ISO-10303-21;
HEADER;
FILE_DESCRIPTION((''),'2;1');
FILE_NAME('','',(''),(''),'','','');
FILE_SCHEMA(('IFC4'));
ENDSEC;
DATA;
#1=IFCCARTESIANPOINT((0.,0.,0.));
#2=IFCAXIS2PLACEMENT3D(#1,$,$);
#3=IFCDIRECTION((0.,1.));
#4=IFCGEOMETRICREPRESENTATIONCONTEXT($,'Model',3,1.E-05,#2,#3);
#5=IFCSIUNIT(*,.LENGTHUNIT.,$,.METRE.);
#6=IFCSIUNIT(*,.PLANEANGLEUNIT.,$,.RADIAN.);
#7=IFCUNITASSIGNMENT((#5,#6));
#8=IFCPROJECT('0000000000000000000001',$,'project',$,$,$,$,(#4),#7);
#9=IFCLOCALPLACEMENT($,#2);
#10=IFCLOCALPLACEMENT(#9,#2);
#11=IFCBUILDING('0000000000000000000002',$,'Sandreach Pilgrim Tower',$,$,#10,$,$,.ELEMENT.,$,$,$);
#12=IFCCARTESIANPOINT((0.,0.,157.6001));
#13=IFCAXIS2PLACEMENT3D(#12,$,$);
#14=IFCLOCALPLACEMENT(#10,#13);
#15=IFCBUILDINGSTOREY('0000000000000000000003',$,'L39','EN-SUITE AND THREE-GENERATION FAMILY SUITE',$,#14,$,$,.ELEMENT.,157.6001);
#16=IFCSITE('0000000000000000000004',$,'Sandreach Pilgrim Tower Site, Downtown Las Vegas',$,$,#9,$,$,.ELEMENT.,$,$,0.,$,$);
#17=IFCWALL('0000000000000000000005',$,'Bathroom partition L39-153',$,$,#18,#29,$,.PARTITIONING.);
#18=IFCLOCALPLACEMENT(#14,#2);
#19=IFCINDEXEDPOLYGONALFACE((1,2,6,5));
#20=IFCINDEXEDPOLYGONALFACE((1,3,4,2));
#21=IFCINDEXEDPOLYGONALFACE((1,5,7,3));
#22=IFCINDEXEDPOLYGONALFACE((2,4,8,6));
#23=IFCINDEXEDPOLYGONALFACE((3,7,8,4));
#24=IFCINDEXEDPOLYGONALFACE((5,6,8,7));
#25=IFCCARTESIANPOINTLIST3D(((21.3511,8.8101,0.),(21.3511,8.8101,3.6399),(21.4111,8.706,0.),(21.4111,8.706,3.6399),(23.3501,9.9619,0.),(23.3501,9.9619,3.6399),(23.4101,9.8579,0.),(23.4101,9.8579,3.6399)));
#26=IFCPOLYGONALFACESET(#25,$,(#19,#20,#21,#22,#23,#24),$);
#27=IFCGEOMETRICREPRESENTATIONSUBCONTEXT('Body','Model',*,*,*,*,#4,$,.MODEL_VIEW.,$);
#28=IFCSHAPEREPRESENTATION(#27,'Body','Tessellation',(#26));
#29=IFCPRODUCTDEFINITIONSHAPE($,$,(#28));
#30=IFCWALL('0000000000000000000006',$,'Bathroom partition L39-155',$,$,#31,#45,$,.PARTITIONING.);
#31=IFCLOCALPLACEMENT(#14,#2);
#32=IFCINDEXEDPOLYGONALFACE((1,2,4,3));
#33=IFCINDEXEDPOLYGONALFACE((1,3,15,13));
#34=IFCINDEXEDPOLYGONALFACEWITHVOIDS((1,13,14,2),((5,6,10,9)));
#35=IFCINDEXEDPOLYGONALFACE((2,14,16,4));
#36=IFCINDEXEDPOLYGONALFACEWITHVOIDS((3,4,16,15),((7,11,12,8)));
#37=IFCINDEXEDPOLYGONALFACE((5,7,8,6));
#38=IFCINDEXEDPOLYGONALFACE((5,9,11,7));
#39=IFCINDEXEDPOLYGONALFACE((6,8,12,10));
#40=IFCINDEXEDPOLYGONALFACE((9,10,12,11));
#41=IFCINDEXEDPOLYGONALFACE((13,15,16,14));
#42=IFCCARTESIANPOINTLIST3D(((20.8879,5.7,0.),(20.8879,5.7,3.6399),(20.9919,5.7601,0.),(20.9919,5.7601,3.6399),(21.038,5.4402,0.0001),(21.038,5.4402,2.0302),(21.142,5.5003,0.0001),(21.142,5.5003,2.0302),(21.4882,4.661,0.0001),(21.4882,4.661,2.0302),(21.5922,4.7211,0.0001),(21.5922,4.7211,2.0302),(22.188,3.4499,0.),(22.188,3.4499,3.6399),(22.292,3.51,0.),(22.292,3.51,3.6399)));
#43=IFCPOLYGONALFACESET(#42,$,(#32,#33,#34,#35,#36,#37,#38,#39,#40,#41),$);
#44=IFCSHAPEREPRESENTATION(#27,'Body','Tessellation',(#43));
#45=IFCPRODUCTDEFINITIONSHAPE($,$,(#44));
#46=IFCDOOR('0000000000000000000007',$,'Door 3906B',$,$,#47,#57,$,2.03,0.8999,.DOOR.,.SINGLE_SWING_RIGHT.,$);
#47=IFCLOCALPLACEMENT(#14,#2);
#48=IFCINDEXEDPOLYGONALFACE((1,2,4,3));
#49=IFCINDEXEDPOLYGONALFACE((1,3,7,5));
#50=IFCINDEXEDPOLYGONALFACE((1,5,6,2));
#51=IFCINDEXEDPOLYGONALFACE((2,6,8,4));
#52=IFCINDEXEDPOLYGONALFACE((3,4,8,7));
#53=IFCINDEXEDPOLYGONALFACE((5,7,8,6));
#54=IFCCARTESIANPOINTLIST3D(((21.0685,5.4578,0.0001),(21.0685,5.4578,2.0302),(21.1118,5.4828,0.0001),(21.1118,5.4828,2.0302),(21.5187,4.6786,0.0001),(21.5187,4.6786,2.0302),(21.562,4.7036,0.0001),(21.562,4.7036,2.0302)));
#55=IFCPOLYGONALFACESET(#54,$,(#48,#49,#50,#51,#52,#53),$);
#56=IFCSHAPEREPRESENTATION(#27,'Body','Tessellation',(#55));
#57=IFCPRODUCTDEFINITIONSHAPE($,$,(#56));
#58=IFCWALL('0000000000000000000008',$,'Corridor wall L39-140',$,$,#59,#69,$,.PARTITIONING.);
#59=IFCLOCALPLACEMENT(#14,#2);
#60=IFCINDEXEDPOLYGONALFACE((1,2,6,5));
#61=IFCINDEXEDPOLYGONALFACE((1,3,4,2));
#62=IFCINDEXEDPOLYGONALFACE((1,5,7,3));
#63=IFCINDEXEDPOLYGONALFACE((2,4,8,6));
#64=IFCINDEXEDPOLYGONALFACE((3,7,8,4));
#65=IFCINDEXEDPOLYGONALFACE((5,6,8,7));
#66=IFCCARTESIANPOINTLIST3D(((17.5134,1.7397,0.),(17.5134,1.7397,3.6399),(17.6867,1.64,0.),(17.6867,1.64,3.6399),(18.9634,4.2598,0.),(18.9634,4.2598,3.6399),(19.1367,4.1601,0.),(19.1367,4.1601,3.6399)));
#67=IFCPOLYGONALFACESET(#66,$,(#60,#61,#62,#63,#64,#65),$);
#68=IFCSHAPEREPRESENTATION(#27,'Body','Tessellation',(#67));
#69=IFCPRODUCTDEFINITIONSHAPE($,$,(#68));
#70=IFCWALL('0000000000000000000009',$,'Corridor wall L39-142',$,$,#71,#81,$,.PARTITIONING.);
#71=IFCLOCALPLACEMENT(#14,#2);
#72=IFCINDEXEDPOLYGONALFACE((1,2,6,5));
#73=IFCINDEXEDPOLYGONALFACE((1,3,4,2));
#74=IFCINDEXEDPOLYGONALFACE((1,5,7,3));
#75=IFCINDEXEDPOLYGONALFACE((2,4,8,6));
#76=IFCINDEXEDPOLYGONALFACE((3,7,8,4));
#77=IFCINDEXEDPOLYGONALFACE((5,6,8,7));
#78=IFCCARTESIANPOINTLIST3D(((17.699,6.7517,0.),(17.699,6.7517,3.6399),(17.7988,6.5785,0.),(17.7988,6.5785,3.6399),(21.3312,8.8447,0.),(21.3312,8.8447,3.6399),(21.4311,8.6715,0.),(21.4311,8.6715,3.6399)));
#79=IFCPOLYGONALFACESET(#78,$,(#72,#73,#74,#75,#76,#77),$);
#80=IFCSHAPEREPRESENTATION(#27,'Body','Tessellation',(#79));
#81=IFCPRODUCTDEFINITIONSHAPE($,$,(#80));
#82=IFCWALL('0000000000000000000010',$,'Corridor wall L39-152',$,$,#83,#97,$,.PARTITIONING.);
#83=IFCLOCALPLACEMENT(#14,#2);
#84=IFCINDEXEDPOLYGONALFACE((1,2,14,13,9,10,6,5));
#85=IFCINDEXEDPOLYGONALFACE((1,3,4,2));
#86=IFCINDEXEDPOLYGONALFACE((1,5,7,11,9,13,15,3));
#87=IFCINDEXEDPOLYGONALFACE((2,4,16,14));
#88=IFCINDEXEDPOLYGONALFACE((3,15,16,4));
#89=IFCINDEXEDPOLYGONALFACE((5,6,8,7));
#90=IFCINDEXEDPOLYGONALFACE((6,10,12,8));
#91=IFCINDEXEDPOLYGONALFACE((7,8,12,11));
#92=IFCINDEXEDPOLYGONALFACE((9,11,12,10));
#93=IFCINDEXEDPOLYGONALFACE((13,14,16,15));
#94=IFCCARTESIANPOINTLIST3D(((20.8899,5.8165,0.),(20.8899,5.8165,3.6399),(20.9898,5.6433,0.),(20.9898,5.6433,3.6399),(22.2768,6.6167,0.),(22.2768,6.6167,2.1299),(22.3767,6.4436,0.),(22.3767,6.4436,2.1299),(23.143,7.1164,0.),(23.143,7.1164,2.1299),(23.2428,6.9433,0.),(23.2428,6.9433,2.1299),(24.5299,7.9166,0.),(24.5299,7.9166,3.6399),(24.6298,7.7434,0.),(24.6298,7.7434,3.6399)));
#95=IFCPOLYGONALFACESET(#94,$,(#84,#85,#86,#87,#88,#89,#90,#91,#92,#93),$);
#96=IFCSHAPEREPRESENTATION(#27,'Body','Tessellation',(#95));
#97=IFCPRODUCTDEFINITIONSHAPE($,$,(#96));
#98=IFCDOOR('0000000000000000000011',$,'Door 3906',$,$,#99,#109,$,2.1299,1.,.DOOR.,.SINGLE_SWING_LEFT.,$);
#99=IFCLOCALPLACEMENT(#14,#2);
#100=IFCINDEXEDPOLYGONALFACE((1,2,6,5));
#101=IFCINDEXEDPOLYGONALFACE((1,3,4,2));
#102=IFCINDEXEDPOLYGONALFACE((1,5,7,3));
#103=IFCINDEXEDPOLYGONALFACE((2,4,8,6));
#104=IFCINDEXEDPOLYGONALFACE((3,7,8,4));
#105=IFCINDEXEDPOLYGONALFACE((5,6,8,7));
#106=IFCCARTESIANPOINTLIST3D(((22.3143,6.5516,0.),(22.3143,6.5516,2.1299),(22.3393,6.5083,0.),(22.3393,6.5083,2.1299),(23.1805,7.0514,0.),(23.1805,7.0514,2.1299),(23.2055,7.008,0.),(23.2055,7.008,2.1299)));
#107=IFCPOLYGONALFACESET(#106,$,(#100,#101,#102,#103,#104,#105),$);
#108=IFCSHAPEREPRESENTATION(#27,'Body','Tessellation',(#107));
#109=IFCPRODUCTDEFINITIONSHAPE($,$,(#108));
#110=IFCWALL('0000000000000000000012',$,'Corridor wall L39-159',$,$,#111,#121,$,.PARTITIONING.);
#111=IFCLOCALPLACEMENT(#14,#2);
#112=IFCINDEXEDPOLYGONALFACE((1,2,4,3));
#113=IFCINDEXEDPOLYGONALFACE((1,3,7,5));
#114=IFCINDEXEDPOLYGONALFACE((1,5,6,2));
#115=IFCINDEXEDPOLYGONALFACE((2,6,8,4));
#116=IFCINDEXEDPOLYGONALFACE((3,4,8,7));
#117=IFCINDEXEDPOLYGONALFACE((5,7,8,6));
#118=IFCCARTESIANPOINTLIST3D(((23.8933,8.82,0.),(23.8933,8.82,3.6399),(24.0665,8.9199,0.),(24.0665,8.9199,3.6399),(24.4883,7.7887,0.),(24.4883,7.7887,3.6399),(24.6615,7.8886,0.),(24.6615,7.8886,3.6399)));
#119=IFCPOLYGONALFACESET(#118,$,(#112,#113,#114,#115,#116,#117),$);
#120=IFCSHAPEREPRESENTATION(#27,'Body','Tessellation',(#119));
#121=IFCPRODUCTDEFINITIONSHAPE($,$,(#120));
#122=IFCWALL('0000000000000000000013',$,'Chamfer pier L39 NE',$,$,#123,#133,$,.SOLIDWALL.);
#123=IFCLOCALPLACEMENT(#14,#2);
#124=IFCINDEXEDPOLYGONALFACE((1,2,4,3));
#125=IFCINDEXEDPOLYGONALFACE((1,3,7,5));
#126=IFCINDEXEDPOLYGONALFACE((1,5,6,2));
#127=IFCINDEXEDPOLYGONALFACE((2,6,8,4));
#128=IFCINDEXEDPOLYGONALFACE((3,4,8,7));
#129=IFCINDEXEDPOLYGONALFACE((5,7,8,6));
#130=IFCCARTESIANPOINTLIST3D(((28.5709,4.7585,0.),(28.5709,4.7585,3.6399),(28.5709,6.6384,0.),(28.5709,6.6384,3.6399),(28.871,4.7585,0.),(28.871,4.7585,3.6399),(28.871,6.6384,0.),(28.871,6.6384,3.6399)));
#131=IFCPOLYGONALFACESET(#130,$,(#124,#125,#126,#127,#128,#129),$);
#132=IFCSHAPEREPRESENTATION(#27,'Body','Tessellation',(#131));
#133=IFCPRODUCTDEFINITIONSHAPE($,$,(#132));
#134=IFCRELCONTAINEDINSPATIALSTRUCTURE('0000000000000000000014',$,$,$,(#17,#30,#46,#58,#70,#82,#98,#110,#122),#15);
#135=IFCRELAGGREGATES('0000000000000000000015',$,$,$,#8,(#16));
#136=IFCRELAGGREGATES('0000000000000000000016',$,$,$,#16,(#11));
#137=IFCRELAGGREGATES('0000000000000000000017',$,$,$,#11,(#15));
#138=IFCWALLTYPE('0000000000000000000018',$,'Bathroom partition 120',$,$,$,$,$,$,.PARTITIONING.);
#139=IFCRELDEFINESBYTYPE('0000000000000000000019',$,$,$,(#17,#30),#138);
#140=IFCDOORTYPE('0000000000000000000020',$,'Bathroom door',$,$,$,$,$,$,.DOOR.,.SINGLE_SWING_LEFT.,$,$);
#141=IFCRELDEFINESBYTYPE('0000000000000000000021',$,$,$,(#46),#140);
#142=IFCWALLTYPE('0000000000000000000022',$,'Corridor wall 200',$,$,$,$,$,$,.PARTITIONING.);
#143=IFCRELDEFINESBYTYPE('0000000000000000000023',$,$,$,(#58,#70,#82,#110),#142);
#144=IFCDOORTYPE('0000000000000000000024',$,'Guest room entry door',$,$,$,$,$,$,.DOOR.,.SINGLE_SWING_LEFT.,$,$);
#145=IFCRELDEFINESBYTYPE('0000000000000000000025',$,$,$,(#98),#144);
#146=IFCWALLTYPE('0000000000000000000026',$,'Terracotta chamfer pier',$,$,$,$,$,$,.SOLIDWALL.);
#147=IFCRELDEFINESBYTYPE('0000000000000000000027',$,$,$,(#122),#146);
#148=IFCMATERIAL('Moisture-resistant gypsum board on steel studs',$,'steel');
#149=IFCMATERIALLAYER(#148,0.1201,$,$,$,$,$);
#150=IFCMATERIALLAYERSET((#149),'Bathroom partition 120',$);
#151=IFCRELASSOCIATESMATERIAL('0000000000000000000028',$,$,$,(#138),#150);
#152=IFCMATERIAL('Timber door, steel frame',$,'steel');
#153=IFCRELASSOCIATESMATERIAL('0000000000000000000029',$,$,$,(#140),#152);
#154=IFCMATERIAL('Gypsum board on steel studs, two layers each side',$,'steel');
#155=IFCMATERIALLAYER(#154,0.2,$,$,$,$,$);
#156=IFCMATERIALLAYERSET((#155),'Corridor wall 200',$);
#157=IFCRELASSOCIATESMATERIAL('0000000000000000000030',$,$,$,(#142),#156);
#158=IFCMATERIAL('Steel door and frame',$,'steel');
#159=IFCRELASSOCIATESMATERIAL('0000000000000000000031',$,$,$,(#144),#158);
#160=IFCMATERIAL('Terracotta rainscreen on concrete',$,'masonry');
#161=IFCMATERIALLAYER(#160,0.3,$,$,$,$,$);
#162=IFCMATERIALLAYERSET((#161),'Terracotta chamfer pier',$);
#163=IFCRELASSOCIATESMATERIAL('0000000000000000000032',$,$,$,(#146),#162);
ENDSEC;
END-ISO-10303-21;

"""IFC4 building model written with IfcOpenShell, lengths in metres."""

from ifc_helpers import new_model, si_unit, direction, frame, frame_2d, origin, place, context, subcontext, project, spatial, rectangle, extrude, material, layer, layer_set, type_object, element, fill, save


model = new_model("IFC4")

# Units and contexts
model_context = context("Model", 3, precision=1e-05, world=origin(), true_north=direction((0.0, 1.0)))
body_context = subcontext(model_context, "Body", "Model", "MODEL_VIEW")
ifc_project = project(units=[si_unit("LENGTHUNIT", "METRE"), si_unit("PLANEANGLEUNIT", "RADIAN")], contexts=[model_context])

# Site, building, storey
site_placement = place(None, origin())
site = spatial("IfcSite", under=ifc_project, at=site_placement, Name="Sandreach Pilgrim Tower Site, Downtown Las Vegas", CompositionType="ELEMENT", RefElevation=0.0)
building_placement = place(site_placement, origin())
building = spatial("IfcBuilding", under=site, at=building_placement, Name="Sandreach Pilgrim Tower", CompositionType="ELEMENT")
storey_placement = place(building_placement, frame((0.0, 0.0, 157.6001)))
storey = spatial("IfcBuildingStorey", under=building, at=storey_placement, Name="L39", Description="EN-SUITE AND THREE-GENERATION FAMILY SUITE", CompositionType="ELEMENT", Elevation=157.6001)

# Wall
ifc_material_1 = material(Name="Moisture-resistant gypsum board on steel studs", Category="steel")
ifc_layer_1 = layer(ifc_material_1, 0.1201)
ifc_layer_set_1 = layer_set([ifc_layer_1], Name="Bathroom partition 120")
wall_type_1 = type_object("IfcWallType", Name="Bathroom partition 120", PredefinedType="PARTITIONING", material=ifc_layer_set_1)
wall_1_placement = place(storey_placement, frame((21.3811, 8.7581, 0.0), z_axis=(0.0, 0.0, 1.0), x_axis=(0.866453, 0.499258, 0.0)))
element("IfcWall", 1, at=wall_1_placement, inside=storey, type_object=wall_type_1, Name="Bathroom partition L39-153", PredefinedType="PARTITIONING", context=body_context, shape_type="SweptSolid", body=[
    extrude(rectangle(XDim=2.3071, YDim=0.1201, at=frame_2d((1.1536, 0.0))), origin(), (0.0, 0.0, 1.0), 3.6399),
])

# Wall, opening, door
wall_2_placement = place(storey_placement, frame((22.24, 3.48, 0.0), z_axis=(0.0, 0.0, 1.0), x_axis=(-0.500292, 0.865857, 0.0)))
wall_2 = element("IfcWall", 2, at=wall_2_placement, inside=storey, type_object=wall_type_1, Name="Bathroom partition L39-155", PredefinedType="PARTITIONING", context=body_context, shape_type="SweptSolid", body=[
    extrude(rectangle(XDim=2.5986, YDim=0.1201, at=frame_2d((1.2993, 0.0))), origin(), (0.0, 0.0, 1.0), 3.6399),
])
opening_1_placement = place(wall_2_placement, frame((1.3987, 0.0, 0.0)))
opening_1 = element("IfcOpeningElement", 3, at=opening_1_placement, cuts=wall_2, PredefinedType="OPENING", context=body_context, shape_type="SweptSolid", body=[
    extrude(rectangle(XDim=0.8999, YDim=2.03, at=frame_2d((0.45, 1.0151))), frame((0.0, 0.0601, 0.0), z_axis=(0.0, -1.0, 0.0), x_axis=(1.0, 0.0, 0.0)), (0.0, 0.0, 1.0), 0.1201),
])
ifc_material_2 = material(Name="Timber door, steel frame", Category="steel")
door_type_1 = type_object("IfcDoorType", Name="Bathroom door", OperationType="SINGLE_SWING_LEFT", PredefinedType="DOOR", material=ifc_material_2)
door_1_placement = place(opening_1_placement, origin())
door_1 = element("IfcDoor", 4, at=door_1_placement, inside=storey, type_object=door_type_1, Name="Door 3906B", OperationType="SINGLE_SWING_RIGHT", OverallHeight=2.03, OverallWidth=0.8999, PredefinedType="DOOR", context=body_context, shape_type="SweptSolid", body=[
    extrude(rectangle(XDim=0.8999, YDim=2.03, at=frame_2d((0.45, 1.0151))), frame((0.0, 0.0249, 0.0), z_axis=(0.0, -1.0, 0.0), x_axis=(1.0, 0.0, 0.0)), (0.0, 0.0, 1.0), 0.05),
])
fill(opening_1, door_1)
ifc_material_3 = material(Name="Gypsum board on steel studs, two layers each side", Category="steel")
ifc_layer_2 = layer(ifc_material_3, 0.2)
ifc_layer_set_2 = layer_set([ifc_layer_2], Name="Corridor wall 200")
wall_type_2 = type_object("IfcWallType", Name="Corridor wall 200", PredefinedType="PARTITIONING", material=ifc_layer_set_2)

# Wall
wall_3_placement = place(storey_placement, frame((17.6001, 1.6899, 0.0), z_axis=(0.0, 0.0, 1.0), x_axis=(0.498714, 0.866767, 0.0)))
element("IfcWall", 5, at=wall_3_placement, inside=storey, type_object=wall_type_2, Name="Corridor wall L39-140", PredefinedType="PARTITIONING", context=body_context, shape_type="SweptSolid", body=[
    extrude(rectangle(XDim=2.9075, YDim=0.2, at=frame_2d((1.4536, 0.0))), origin(), (0.0, 0.0, 1.0), 3.6399),
])

# Shared definitions
ifc_material_4 = material(Name="Steel door and frame", Category="steel")
door_type_2 = type_object("IfcDoorType", Name="Guest room entry door", OperationType="SINGLE_SWING_LEFT", PredefinedType="DOOR", material=ifc_material_4)

# Wall
wall_4_placement = place(storey_placement, frame((17.7488, 6.665, 0.0), z_axis=(0.0, 0.0, 1.0), x_axis=(0.866449, 0.499265, 0.0)))
element("IfcWall", 6, at=wall_4_placement, inside=storey, type_object=wall_type_2, Name="Corridor wall L39-142", PredefinedType="PARTITIONING", context=body_context, shape_type="SweptSolid", body=[
    extrude(rectangle(XDim=4.1921, YDim=0.2, at=frame_2d((2.0962, 0.0))), origin(), (0.0, 0.0, 1.0), 3.6399),
])

# Wall, opening, door
wall_5_placement = place(storey_placement, frame((20.9399, 5.73, 0.0), z_axis=(0.0, 0.0, 1.0), x_axis=(0.866184, 0.499726, 0.0)))
wall_5 = element("IfcWall", 7, at=wall_5_placement, inside=storey, type_object=wall_type_2, Name="Corridor wall L39-152", PredefinedType="PARTITIONING", context=body_context, shape_type="SweptSolid", body=[
    extrude(rectangle(XDim=4.2024, YDim=0.2, at=frame_2d((2.1011, 0.0))), origin(), (0.0, 0.0, 1.0), 3.6399),
])
opening_2_placement = place(wall_5_placement, frame((1.6011, 0.0, 0.0)))
opening_2 = element("IfcOpeningElement", 8, at=opening_2_placement, cuts=wall_5, PredefinedType="OPENING", context=body_context, shape_type="SweptSolid", body=[
    extrude(rectangle(XDim=1.0, YDim=2.1299, at=frame_2d((0.5, 1.0649))), frame((0.0, 0.1001, 0.0), z_axis=(0.0, -1.0, 0.0), x_axis=(1.0, 0.0, 0.0)), (0.0, 0.0, 1.0), 0.2),
])
door_2_placement = place(opening_2_placement, origin())
door_2 = element("IfcDoor", 9, at=door_2_placement, inside=storey, type_object=door_type_2, Name="Door 3906", OperationType="SINGLE_SWING_LEFT", OverallHeight=2.1299, OverallWidth=1.0, PredefinedType="DOOR", context=body_context, shape_type="SweptSolid", body=[
    extrude(rectangle(XDim=1.0, YDim=2.1299, at=frame_2d((0.5, 1.0649))), frame((0.0, 0.0249, 0.0), z_axis=(0.0, -1.0, 0.0), x_axis=(1.0, 0.0, 0.0)), (0.0, 0.0, 1.0), 0.05),
])
fill(opening_2, door_2)

# Walls
wall_6_placement = place(storey_placement, frame((23.98, 8.8699, 0.0), z_axis=(0.0, 0.0, 1.0), x_axis=(0.499734, -0.866179, 0.0)))
element("IfcWall", 10, at=wall_6_placement, inside=storey, type_object=wall_type_2, Name="Corridor wall L39-159", PredefinedType="PARTITIONING", context=body_context, shape_type="SweptSolid", body=[
    extrude(rectangle(XDim=1.1907, YDim=0.2, at=frame_2d((0.5952, 0.0))), origin(), (0.0, 0.0, 1.0), 3.6399),
])
ifc_material_5 = material(Name="Terracotta rainscreen on concrete", Category="masonry")
ifc_layer_3 = layer(ifc_material_5, 0.3)
ifc_layer_set_3 = layer_set([ifc_layer_3], Name="Terracotta chamfer pier")
wall_type_3 = type_object("IfcWallType", Name="Terracotta chamfer pier", PredefinedType="SOLIDWALL", material=ifc_layer_set_3)
wall_7_placement = place(storey_placement, frame((28.7209, 6.6384, 0.0), z_axis=(0.0, 0.0, 1.0), x_axis=(0.0, -1.0, 0.0)))
element("IfcWall", 11, at=wall_7_placement, inside=storey, type_object=wall_type_3, Name="Chamfer pier L39 NE", PredefinedType="SOLIDWALL", context=body_context, shape_type="SweptSolid", body=[
    extrude(rectangle(XDim=1.8799, YDim=0.3, at=frame_2d((0.9399, 0.0))), origin(), (0.0, 0.0, 1.0), 3.6399),
])

save(model, "model.ifc")
